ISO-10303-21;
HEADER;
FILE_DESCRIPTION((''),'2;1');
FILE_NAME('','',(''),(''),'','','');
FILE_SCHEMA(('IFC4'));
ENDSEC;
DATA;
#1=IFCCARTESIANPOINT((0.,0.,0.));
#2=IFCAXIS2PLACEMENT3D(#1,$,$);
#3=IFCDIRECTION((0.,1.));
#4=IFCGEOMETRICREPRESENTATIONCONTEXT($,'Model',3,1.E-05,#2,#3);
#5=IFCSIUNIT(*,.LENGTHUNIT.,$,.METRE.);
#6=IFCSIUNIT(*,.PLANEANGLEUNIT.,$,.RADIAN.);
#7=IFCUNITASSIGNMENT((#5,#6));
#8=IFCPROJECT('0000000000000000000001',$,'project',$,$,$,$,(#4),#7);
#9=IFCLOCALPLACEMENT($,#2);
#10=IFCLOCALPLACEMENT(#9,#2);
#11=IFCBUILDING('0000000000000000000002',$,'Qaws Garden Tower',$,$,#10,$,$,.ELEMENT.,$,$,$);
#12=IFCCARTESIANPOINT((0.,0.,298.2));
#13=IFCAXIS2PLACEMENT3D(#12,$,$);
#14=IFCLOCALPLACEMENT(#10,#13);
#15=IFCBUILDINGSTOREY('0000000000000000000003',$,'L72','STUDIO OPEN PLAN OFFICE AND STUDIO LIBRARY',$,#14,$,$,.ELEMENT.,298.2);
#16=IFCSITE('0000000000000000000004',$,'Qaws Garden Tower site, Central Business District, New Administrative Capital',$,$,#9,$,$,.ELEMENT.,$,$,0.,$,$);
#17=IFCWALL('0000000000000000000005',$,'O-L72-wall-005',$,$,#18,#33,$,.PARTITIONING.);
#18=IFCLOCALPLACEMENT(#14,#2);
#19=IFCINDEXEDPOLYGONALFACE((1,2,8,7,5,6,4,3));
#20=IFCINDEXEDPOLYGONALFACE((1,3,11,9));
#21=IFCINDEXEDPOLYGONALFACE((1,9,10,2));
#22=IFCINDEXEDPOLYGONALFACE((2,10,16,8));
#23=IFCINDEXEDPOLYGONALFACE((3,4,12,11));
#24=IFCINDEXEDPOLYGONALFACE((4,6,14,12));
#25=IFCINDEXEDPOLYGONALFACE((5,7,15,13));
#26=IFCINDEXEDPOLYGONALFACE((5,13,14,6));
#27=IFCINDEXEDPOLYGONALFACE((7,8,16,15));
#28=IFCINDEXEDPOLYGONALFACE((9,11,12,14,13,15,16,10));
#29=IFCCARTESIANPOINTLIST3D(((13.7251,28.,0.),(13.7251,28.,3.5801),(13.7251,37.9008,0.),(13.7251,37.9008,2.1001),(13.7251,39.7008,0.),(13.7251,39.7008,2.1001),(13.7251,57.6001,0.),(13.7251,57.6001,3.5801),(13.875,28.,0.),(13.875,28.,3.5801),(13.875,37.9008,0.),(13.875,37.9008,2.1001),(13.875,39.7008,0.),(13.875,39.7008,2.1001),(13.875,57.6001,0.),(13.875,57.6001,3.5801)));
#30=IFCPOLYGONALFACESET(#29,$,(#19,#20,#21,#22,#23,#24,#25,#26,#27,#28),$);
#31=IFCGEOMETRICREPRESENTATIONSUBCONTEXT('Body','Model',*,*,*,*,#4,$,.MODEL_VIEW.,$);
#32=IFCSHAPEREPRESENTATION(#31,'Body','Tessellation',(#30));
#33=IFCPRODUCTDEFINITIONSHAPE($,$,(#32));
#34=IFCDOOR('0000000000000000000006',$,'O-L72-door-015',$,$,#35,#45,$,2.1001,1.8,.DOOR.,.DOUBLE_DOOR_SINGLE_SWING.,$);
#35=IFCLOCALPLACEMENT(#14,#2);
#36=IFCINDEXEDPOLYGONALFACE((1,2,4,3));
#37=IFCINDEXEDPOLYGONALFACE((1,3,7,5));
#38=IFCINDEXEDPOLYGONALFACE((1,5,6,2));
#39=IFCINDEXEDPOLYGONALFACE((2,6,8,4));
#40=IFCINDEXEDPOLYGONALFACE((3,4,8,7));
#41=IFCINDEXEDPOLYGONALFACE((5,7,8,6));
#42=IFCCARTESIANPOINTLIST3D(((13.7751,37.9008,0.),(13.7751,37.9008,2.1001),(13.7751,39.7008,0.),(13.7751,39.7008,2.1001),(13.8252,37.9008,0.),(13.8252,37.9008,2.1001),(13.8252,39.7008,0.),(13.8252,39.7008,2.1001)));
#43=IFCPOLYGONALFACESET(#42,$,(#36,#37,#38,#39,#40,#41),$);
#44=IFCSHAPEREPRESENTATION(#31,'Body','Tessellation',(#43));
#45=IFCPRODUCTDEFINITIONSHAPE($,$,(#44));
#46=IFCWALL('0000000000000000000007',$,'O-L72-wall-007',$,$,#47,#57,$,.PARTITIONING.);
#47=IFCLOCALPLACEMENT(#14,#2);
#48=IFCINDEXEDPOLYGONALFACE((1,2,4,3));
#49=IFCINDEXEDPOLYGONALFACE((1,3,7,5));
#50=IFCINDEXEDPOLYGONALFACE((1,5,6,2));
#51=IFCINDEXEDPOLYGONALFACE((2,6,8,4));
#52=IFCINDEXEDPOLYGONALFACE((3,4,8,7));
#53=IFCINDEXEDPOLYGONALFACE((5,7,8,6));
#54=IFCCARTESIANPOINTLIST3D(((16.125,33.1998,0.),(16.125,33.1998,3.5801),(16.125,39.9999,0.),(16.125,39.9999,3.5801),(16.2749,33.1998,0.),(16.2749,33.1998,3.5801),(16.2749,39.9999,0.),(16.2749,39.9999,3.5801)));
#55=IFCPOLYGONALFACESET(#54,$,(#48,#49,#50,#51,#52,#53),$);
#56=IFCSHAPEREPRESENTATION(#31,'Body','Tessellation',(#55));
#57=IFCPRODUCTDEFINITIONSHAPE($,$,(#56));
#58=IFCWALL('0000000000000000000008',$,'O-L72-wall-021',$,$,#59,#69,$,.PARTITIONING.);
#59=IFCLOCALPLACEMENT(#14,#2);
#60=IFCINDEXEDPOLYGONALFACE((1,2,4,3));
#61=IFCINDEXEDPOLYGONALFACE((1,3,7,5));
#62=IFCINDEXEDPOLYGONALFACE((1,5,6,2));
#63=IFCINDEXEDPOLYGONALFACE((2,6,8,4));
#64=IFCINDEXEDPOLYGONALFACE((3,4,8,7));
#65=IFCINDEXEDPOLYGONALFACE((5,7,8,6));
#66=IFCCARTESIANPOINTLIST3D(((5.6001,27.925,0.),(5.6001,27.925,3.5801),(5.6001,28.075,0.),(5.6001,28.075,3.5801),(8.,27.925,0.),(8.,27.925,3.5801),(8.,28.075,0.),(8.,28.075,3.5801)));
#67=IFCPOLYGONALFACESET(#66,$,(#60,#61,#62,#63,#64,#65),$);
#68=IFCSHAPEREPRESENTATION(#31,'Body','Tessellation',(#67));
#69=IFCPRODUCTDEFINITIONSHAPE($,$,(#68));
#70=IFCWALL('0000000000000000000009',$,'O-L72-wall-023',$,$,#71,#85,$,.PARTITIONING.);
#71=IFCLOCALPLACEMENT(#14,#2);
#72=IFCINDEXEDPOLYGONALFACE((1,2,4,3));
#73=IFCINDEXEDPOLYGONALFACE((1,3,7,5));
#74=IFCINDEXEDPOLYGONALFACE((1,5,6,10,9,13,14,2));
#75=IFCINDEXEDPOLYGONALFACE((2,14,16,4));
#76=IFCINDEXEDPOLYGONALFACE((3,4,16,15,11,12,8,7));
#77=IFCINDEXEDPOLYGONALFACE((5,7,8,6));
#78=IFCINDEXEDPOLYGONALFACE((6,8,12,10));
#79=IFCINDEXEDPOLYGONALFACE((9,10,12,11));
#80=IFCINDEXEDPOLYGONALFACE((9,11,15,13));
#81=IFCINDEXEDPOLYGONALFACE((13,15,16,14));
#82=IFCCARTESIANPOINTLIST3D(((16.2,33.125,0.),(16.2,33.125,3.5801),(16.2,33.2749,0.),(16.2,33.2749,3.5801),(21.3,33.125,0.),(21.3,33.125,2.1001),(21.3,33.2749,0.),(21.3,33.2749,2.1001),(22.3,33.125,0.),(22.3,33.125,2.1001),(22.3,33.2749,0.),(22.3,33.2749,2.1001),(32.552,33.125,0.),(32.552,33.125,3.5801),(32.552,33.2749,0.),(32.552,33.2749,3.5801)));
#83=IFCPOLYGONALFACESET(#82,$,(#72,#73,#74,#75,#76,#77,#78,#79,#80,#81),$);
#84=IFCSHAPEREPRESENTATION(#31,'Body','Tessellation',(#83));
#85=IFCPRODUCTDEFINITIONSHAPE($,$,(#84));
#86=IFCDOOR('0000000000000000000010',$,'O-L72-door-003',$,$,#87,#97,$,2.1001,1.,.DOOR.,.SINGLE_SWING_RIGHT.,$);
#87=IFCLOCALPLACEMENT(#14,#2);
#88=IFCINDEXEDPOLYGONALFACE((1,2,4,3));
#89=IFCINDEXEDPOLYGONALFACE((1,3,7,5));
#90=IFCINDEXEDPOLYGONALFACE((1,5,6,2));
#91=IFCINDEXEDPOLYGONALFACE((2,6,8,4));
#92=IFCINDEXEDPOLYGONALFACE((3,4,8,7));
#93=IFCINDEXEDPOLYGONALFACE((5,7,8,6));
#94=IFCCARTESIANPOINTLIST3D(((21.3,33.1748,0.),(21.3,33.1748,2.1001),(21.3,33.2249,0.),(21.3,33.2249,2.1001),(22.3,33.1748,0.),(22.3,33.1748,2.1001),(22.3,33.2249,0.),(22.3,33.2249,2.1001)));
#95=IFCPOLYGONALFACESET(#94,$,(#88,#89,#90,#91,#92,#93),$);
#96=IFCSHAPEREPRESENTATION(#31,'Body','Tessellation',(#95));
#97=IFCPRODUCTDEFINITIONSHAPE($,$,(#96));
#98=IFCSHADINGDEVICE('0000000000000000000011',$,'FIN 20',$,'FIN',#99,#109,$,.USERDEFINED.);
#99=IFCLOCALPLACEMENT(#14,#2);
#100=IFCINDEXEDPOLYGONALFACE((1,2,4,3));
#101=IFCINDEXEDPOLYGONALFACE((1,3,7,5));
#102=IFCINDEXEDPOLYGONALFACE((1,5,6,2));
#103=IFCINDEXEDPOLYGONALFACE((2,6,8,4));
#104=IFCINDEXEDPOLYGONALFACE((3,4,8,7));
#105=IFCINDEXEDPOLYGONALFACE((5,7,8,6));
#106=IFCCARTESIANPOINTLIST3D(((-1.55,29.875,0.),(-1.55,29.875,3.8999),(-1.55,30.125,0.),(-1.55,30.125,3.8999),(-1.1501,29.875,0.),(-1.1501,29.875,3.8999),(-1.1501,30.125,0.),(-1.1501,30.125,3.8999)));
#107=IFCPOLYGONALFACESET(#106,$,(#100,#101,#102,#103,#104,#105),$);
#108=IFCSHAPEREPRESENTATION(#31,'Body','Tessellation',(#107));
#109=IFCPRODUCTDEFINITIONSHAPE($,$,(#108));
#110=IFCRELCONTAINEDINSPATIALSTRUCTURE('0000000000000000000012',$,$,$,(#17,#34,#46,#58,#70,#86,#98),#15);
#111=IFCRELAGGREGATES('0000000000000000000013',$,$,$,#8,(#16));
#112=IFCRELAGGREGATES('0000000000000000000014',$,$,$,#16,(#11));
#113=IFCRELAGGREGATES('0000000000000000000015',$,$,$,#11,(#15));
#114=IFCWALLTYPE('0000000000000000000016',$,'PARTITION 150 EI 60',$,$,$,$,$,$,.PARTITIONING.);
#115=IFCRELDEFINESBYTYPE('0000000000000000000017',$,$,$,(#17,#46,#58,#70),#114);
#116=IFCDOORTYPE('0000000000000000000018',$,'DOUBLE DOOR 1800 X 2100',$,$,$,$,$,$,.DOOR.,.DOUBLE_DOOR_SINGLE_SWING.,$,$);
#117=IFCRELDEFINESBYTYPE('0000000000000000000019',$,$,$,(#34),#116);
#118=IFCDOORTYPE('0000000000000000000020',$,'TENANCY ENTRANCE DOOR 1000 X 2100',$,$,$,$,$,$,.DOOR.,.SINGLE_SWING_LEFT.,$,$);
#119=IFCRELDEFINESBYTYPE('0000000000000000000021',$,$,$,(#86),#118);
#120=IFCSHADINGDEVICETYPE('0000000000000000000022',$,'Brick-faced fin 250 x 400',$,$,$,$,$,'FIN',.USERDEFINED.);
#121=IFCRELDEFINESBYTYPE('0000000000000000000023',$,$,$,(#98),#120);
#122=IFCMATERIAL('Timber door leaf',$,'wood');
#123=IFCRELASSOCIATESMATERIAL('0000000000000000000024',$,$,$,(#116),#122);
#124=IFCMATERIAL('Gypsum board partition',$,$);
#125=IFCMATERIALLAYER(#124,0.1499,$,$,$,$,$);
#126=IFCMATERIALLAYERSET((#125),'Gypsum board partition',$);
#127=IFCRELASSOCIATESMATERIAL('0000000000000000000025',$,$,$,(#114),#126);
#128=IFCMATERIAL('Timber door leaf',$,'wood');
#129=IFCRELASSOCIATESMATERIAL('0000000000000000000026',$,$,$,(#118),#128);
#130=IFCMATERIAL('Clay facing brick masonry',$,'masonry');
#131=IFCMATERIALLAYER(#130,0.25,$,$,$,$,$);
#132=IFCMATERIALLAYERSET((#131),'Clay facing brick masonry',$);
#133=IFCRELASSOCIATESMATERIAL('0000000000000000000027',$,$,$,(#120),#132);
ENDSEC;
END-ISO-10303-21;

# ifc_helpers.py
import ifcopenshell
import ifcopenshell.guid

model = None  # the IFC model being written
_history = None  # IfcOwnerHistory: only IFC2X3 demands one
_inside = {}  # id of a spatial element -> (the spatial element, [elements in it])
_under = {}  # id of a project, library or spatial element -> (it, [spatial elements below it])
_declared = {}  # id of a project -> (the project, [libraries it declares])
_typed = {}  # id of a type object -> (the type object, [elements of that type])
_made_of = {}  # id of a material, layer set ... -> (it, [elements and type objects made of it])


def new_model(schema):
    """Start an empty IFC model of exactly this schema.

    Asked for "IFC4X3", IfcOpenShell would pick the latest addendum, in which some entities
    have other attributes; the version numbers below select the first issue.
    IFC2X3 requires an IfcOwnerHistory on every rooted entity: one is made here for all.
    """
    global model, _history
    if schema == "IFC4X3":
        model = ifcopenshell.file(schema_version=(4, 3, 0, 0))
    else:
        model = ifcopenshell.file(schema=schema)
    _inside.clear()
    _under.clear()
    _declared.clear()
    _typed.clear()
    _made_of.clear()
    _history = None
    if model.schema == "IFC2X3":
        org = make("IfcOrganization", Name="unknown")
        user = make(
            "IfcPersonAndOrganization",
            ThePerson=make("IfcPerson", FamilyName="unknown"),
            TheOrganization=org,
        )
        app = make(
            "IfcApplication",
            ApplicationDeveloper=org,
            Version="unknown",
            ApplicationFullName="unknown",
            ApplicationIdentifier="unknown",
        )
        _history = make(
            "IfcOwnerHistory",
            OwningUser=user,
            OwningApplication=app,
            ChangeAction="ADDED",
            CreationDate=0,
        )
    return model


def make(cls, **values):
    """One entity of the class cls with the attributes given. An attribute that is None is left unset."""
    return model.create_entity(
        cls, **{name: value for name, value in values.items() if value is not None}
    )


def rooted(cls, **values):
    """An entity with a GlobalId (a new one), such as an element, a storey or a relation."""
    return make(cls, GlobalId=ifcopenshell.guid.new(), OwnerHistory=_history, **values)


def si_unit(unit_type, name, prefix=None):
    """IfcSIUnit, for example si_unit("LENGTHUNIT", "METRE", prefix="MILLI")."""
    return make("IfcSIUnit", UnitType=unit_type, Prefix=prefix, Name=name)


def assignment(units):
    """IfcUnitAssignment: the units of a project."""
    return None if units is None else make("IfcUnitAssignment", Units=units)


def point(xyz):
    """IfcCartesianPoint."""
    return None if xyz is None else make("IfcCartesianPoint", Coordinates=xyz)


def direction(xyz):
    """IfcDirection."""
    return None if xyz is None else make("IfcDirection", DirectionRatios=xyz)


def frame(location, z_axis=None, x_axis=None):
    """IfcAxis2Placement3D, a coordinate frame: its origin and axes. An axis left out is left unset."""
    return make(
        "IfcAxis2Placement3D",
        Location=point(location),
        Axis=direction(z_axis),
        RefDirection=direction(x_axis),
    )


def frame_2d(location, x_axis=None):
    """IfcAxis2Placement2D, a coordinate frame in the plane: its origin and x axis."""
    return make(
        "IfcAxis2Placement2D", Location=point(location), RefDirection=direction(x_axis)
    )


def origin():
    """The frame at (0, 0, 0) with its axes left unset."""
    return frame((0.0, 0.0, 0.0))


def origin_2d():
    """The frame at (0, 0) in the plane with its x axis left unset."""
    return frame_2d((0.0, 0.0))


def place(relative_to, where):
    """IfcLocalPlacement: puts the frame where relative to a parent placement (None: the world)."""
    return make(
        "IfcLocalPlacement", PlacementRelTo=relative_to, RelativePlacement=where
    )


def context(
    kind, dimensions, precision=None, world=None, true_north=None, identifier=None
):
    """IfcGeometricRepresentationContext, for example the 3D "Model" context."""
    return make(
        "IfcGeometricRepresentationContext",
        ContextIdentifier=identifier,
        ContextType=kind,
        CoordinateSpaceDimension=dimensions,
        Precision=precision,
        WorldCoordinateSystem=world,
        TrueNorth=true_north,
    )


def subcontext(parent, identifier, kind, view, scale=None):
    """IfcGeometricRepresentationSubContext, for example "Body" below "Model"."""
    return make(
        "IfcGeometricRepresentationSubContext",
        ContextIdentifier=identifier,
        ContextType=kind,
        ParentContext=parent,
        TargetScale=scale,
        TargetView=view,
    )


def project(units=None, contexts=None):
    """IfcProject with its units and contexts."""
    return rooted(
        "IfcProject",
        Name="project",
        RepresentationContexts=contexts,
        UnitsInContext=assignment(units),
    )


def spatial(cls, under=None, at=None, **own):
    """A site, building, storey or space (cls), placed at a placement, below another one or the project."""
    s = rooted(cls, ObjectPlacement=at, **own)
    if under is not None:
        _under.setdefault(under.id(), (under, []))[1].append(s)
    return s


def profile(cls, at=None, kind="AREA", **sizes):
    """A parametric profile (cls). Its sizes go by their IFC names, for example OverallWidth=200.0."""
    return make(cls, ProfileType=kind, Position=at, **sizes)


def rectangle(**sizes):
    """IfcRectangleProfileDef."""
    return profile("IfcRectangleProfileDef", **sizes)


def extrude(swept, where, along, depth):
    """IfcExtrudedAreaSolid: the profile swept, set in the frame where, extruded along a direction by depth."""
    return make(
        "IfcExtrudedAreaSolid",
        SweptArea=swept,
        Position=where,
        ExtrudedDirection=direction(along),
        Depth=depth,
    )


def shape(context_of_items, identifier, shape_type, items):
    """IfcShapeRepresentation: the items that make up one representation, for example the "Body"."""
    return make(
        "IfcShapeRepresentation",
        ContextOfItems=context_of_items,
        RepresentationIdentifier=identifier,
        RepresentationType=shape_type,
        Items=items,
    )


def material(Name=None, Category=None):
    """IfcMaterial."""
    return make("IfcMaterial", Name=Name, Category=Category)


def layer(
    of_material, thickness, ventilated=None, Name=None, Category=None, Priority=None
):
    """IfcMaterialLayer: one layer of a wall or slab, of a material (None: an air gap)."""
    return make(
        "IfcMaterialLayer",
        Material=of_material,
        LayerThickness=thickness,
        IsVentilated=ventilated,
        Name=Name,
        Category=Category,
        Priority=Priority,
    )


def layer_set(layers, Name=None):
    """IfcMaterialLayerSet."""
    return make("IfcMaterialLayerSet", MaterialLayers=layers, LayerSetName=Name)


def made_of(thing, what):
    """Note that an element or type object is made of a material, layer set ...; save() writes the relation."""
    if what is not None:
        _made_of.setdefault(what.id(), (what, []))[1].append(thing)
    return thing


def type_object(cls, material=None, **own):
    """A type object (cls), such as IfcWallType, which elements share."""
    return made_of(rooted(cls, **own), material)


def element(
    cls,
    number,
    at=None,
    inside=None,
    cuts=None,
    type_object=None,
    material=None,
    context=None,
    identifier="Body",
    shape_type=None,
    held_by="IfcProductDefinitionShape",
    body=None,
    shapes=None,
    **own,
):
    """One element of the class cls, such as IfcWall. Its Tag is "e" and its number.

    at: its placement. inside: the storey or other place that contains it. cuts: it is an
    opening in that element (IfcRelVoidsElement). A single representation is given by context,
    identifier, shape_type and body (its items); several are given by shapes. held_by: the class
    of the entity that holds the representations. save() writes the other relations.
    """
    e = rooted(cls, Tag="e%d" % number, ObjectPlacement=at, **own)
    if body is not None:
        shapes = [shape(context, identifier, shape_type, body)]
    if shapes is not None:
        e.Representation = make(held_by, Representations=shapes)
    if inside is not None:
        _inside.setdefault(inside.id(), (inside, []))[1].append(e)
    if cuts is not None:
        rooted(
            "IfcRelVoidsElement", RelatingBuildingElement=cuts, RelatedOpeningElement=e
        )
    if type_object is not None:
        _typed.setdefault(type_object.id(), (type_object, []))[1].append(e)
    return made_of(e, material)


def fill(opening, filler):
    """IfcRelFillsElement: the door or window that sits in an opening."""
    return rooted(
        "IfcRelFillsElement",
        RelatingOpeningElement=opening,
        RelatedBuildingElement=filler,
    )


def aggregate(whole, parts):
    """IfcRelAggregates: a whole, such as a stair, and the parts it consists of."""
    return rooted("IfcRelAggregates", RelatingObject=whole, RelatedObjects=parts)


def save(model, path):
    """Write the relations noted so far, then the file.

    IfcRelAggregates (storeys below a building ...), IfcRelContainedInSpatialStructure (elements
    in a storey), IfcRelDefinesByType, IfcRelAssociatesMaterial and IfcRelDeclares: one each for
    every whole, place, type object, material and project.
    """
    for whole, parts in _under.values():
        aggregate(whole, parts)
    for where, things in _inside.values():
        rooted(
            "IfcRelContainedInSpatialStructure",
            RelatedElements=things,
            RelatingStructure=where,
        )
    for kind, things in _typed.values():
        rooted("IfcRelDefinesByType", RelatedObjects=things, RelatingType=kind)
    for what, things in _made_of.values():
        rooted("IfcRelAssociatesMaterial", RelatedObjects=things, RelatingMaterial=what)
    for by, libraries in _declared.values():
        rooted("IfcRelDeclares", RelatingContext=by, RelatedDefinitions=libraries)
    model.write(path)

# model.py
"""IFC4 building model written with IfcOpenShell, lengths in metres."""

from ifc_helpers import new_model, si_unit, direction, frame, frame_2d, origin, origin_2d, place, context, subcontext, project, spatial, rectangle, extrude, material, layer, layer_set, type_object, element, fill, save


model = new_model("IFC4")

# Units and contexts
model_context = context("Model", 3, precision=1e-05, world=origin(), true_north=direction((0.0, 1.0)))
body_context = subcontext(model_context, "Body", "Model", "MODEL_VIEW")
ifc_project = project(units=[si_unit("LENGTHUNIT", "METRE"), si_unit("PLANEANGLEUNIT", "RADIAN")], contexts=[model_context])

# Site, building, storey
site_placement = place(None, origin())
site = spatial("IfcSite", under=ifc_project, at=site_placement, Name="Qaws Garden Tower site, Central Business District, New Administrative Capital", CompositionType="ELEMENT", RefElevation=0.0)
building_placement = place(site_placement, origin())
building = spatial("IfcBuilding", under=site, at=building_placement, Name="Qaws Garden Tower", CompositionType="ELEMENT")
storey_placement = place(building_placement, frame((0.0, 0.0, 298.2)))
storey = spatial("IfcBuildingStorey", under=building, at=storey_placement, Name="L72", Description="STUDIO OPEN PLAN OFFICE AND STUDIO LIBRARY", CompositionType="ELEMENT", Elevation=298.2)

# Wall, opening, door
ifc_material_1 = material(Name="Timber door leaf", Category="wood")
door_type_1 = type_object("IfcDoorType", Name="DOUBLE DOOR 1800 X 2100", OperationType="DOUBLE_DOOR_SINGLE_SWING", PredefinedType="DOOR", material=ifc_material_1)
ifc_material_2 = material(Name="Gypsum board partition")
ifc_layer_1 = layer(ifc_material_2, 0.1499)
ifc_layer_set_1 = layer_set([ifc_layer_1], Name="Gypsum board partition")
wall_type_1 = type_object("IfcWallType", Name="PARTITION 150 EI 60", PredefinedType="PARTITIONING", material=ifc_layer_set_1)
wall_1_placement = place(storey_placement, frame((13.8, 28.0, 0.0), z_axis=(0.0, 0.0, 1.0), x_axis=(0.0, 1.0, 0.0)))
wall_1 = element("IfcWall", 1, at=wall_1_placement, inside=storey, type_object=wall_type_1, Name="O-L72-wall-005", PredefinedType="PARTITIONING", context=body_context, shape_type="SweptSolid", body=[
    extrude(rectangle(XDim=29.6001, YDim=0.1499, at=frame_2d((14.8, 0.0))), origin(), (0.0, 0.0, 1.0), 3.5801),
])
opening_1_placement = place(wall_1_placement, frame((9.9009, 0.0, 0.0)))
opening_1 = element("IfcOpeningElement", 2, at=opening_1_placement, cuts=wall_1, PredefinedType="OPENING", context=body_context, shape_type="SweptSolid", body=[
    extrude(rectangle(XDim=1.8, YDim=2.1001, at=frame_2d((0.8999, 1.05))), frame((0.0, 0.085, 0.0), z_axis=(0.0, -1.0, 0.0), x_axis=(1.0, 0.0, 0.0)), (0.0, 0.0, 1.0), 0.1699),
])
door_1_placement = place(opening_1_placement, origin())
door_1 = element("IfcDoor", 3, at=door_1_placement, inside=storey, type_object=door_type_1, Name="O-L72-door-015", OperationType="DOUBLE_DOOR_SINGLE_SWING", OverallHeight=2.1001, OverallWidth=1.8, PredefinedType="DOOR", context=body_context, shape_type="SweptSolid", body=[
    extrude(rectangle(XDim=1.8, YDim=2.1001, at=frame_2d((0.8999, 1.05))), frame((0.0, 0.0249, 0.0), z_axis=(0.0, -1.0, 0.0), x_axis=(1.0, 0.0, 0.0)), (0.0, 0.0, 1.0), 0.05),
])
fill(opening_1, door_1)

# Walls
wall_2_placement = place(storey_placement, frame((16.2, 33.2, 0.0), z_axis=(0.0, 0.0, 1.0), x_axis=(0.0, 1.0, 0.0)))
element("IfcWall", 4, at=wall_2_placement, inside=storey, type_object=wall_type_1, Name="O-L72-wall-007", PredefinedType="PARTITIONING", context=body_context, shape_type="SweptSolid", body=[
    extrude(rectangle(XDim=6.8, YDim=0.1499, at=frame_2d((3.3999, 0.0))), origin(), (0.0, 0.0, 1.0), 3.5801),
])
wall_3_placement = place(storey_placement, frame((5.6001, 28.0, 0.0), z_axis=(0.0, 0.0, 1.0), x_axis=(1.0, 0.0, 0.0)))
element("IfcWall", 5, at=wall_3_placement, inside=storey, type_object=wall_type_1, Name="O-L72-wall-021", PredefinedType="PARTITIONING", context=body_context, shape_type="SweptSolid", body=[
    extrude(rectangle(XDim=2.3999, YDim=0.1499, at=frame_2d((1.2, 0.0))), origin(), (0.0, 0.0, 1.0), 3.5801),
])

# Wall, opening, door
wall_4_placement = place(storey_placement, frame((16.2, 33.2, 0.0), z_axis=(0.0, 0.0, 1.0), x_axis=(1.0, 0.0, 0.0)))
wall_4 = element("IfcWall", 6, at=wall_4_placement, inside=storey, type_object=wall_type_1, Name="O-L72-wall-023", PredefinedType="PARTITIONING", context=body_context, shape_type="SweptSolid", body=[
    extrude(rectangle(XDim=16.3521, YDim=0.1499, at=frame_2d((8.176, 0.0))), origin(), (0.0, 0.0, 1.0), 3.5801),
])
opening_2_placement = place(wall_4_placement, frame((5.1001, 0.0, 0.0)))
opening_2 = element("IfcOpeningElement", 7, at=opening_2_placement, cuts=wall_4, PredefinedType="OPENING", context=body_context, shape_type="SweptSolid", body=[
    extrude(rectangle(XDim=1.0, YDim=2.1001, at=frame_2d((0.5, 1.05))), frame((0.0, 0.085, 0.0), z_axis=(0.0, -1.0, 0.0), x_axis=(1.0, 0.0, 0.0)), (0.0, 0.0, 1.0), 0.1699),
])
ifc_material_3 = material(Name="Timber door leaf", Category="wood")
door_type_2 = type_object("IfcDoorType", Name="TENANCY ENTRANCE DOOR 1000 X 2100", OperationType="SINGLE_SWING_LEFT", PredefinedType="DOOR", material=ifc_material_3)
door_2_placement = place(opening_2_placement, origin())
door_2 = element("IfcDoor", 8, at=door_2_placement, inside=storey, type_object=door_type_2, Name="O-L72-door-003", OperationType="SINGLE_SWING_RIGHT", OverallHeight=2.1001, OverallWidth=1.0, PredefinedType="DOOR", context=body_context, shape_type="SweptSolid", body=[
    extrude(rectangle(XDim=1.0, YDim=2.1001, at=frame_2d((0.5, 1.05))), frame((0.0, 0.0249, 0.0), z_axis=(0.0, -1.0, 0.0), x_axis=(1.0, 0.0, 0.0)), (0.0, 0.0, 1.0), 0.05),
])
fill(opening_2, door_2)

# Shading device
ifc_material_4 = material(Name="Clay facing brick masonry", Category="masonry")
ifc_layer_2 = layer(ifc_material_4, 0.25)
ifc_layer_set_2 = layer_set([ifc_layer_2], Name="Clay facing brick masonry")
shading_device_type = type_object("IfcShadingDeviceType", Name="Brick-faced fin 250 x 400", ElementType="FIN", PredefinedType="USERDEFINED", material=ifc_layer_set_2)
shading_device_placement = place(storey_placement, frame((-1.3501, 30.0, 0.0), z_axis=(0.0, 0.0, 1.0), x_axis=(0.0, -1.0, 0.0)))
element("IfcShadingDevice", 9, at=shading_device_placement, inside=storey, type_object=shading_device_type, Name="FIN 20", ObjectType="FIN", PredefinedType="USERDEFINED", context=body_context, shape_type="SweptSolid", body=[
    extrude(rectangle(XDim=0.25, YDim=0.3999, at=origin_2d()), origin(), (0.0, 0.0, 1.0), 3.8999),
])

save(model, "model.ifc")
